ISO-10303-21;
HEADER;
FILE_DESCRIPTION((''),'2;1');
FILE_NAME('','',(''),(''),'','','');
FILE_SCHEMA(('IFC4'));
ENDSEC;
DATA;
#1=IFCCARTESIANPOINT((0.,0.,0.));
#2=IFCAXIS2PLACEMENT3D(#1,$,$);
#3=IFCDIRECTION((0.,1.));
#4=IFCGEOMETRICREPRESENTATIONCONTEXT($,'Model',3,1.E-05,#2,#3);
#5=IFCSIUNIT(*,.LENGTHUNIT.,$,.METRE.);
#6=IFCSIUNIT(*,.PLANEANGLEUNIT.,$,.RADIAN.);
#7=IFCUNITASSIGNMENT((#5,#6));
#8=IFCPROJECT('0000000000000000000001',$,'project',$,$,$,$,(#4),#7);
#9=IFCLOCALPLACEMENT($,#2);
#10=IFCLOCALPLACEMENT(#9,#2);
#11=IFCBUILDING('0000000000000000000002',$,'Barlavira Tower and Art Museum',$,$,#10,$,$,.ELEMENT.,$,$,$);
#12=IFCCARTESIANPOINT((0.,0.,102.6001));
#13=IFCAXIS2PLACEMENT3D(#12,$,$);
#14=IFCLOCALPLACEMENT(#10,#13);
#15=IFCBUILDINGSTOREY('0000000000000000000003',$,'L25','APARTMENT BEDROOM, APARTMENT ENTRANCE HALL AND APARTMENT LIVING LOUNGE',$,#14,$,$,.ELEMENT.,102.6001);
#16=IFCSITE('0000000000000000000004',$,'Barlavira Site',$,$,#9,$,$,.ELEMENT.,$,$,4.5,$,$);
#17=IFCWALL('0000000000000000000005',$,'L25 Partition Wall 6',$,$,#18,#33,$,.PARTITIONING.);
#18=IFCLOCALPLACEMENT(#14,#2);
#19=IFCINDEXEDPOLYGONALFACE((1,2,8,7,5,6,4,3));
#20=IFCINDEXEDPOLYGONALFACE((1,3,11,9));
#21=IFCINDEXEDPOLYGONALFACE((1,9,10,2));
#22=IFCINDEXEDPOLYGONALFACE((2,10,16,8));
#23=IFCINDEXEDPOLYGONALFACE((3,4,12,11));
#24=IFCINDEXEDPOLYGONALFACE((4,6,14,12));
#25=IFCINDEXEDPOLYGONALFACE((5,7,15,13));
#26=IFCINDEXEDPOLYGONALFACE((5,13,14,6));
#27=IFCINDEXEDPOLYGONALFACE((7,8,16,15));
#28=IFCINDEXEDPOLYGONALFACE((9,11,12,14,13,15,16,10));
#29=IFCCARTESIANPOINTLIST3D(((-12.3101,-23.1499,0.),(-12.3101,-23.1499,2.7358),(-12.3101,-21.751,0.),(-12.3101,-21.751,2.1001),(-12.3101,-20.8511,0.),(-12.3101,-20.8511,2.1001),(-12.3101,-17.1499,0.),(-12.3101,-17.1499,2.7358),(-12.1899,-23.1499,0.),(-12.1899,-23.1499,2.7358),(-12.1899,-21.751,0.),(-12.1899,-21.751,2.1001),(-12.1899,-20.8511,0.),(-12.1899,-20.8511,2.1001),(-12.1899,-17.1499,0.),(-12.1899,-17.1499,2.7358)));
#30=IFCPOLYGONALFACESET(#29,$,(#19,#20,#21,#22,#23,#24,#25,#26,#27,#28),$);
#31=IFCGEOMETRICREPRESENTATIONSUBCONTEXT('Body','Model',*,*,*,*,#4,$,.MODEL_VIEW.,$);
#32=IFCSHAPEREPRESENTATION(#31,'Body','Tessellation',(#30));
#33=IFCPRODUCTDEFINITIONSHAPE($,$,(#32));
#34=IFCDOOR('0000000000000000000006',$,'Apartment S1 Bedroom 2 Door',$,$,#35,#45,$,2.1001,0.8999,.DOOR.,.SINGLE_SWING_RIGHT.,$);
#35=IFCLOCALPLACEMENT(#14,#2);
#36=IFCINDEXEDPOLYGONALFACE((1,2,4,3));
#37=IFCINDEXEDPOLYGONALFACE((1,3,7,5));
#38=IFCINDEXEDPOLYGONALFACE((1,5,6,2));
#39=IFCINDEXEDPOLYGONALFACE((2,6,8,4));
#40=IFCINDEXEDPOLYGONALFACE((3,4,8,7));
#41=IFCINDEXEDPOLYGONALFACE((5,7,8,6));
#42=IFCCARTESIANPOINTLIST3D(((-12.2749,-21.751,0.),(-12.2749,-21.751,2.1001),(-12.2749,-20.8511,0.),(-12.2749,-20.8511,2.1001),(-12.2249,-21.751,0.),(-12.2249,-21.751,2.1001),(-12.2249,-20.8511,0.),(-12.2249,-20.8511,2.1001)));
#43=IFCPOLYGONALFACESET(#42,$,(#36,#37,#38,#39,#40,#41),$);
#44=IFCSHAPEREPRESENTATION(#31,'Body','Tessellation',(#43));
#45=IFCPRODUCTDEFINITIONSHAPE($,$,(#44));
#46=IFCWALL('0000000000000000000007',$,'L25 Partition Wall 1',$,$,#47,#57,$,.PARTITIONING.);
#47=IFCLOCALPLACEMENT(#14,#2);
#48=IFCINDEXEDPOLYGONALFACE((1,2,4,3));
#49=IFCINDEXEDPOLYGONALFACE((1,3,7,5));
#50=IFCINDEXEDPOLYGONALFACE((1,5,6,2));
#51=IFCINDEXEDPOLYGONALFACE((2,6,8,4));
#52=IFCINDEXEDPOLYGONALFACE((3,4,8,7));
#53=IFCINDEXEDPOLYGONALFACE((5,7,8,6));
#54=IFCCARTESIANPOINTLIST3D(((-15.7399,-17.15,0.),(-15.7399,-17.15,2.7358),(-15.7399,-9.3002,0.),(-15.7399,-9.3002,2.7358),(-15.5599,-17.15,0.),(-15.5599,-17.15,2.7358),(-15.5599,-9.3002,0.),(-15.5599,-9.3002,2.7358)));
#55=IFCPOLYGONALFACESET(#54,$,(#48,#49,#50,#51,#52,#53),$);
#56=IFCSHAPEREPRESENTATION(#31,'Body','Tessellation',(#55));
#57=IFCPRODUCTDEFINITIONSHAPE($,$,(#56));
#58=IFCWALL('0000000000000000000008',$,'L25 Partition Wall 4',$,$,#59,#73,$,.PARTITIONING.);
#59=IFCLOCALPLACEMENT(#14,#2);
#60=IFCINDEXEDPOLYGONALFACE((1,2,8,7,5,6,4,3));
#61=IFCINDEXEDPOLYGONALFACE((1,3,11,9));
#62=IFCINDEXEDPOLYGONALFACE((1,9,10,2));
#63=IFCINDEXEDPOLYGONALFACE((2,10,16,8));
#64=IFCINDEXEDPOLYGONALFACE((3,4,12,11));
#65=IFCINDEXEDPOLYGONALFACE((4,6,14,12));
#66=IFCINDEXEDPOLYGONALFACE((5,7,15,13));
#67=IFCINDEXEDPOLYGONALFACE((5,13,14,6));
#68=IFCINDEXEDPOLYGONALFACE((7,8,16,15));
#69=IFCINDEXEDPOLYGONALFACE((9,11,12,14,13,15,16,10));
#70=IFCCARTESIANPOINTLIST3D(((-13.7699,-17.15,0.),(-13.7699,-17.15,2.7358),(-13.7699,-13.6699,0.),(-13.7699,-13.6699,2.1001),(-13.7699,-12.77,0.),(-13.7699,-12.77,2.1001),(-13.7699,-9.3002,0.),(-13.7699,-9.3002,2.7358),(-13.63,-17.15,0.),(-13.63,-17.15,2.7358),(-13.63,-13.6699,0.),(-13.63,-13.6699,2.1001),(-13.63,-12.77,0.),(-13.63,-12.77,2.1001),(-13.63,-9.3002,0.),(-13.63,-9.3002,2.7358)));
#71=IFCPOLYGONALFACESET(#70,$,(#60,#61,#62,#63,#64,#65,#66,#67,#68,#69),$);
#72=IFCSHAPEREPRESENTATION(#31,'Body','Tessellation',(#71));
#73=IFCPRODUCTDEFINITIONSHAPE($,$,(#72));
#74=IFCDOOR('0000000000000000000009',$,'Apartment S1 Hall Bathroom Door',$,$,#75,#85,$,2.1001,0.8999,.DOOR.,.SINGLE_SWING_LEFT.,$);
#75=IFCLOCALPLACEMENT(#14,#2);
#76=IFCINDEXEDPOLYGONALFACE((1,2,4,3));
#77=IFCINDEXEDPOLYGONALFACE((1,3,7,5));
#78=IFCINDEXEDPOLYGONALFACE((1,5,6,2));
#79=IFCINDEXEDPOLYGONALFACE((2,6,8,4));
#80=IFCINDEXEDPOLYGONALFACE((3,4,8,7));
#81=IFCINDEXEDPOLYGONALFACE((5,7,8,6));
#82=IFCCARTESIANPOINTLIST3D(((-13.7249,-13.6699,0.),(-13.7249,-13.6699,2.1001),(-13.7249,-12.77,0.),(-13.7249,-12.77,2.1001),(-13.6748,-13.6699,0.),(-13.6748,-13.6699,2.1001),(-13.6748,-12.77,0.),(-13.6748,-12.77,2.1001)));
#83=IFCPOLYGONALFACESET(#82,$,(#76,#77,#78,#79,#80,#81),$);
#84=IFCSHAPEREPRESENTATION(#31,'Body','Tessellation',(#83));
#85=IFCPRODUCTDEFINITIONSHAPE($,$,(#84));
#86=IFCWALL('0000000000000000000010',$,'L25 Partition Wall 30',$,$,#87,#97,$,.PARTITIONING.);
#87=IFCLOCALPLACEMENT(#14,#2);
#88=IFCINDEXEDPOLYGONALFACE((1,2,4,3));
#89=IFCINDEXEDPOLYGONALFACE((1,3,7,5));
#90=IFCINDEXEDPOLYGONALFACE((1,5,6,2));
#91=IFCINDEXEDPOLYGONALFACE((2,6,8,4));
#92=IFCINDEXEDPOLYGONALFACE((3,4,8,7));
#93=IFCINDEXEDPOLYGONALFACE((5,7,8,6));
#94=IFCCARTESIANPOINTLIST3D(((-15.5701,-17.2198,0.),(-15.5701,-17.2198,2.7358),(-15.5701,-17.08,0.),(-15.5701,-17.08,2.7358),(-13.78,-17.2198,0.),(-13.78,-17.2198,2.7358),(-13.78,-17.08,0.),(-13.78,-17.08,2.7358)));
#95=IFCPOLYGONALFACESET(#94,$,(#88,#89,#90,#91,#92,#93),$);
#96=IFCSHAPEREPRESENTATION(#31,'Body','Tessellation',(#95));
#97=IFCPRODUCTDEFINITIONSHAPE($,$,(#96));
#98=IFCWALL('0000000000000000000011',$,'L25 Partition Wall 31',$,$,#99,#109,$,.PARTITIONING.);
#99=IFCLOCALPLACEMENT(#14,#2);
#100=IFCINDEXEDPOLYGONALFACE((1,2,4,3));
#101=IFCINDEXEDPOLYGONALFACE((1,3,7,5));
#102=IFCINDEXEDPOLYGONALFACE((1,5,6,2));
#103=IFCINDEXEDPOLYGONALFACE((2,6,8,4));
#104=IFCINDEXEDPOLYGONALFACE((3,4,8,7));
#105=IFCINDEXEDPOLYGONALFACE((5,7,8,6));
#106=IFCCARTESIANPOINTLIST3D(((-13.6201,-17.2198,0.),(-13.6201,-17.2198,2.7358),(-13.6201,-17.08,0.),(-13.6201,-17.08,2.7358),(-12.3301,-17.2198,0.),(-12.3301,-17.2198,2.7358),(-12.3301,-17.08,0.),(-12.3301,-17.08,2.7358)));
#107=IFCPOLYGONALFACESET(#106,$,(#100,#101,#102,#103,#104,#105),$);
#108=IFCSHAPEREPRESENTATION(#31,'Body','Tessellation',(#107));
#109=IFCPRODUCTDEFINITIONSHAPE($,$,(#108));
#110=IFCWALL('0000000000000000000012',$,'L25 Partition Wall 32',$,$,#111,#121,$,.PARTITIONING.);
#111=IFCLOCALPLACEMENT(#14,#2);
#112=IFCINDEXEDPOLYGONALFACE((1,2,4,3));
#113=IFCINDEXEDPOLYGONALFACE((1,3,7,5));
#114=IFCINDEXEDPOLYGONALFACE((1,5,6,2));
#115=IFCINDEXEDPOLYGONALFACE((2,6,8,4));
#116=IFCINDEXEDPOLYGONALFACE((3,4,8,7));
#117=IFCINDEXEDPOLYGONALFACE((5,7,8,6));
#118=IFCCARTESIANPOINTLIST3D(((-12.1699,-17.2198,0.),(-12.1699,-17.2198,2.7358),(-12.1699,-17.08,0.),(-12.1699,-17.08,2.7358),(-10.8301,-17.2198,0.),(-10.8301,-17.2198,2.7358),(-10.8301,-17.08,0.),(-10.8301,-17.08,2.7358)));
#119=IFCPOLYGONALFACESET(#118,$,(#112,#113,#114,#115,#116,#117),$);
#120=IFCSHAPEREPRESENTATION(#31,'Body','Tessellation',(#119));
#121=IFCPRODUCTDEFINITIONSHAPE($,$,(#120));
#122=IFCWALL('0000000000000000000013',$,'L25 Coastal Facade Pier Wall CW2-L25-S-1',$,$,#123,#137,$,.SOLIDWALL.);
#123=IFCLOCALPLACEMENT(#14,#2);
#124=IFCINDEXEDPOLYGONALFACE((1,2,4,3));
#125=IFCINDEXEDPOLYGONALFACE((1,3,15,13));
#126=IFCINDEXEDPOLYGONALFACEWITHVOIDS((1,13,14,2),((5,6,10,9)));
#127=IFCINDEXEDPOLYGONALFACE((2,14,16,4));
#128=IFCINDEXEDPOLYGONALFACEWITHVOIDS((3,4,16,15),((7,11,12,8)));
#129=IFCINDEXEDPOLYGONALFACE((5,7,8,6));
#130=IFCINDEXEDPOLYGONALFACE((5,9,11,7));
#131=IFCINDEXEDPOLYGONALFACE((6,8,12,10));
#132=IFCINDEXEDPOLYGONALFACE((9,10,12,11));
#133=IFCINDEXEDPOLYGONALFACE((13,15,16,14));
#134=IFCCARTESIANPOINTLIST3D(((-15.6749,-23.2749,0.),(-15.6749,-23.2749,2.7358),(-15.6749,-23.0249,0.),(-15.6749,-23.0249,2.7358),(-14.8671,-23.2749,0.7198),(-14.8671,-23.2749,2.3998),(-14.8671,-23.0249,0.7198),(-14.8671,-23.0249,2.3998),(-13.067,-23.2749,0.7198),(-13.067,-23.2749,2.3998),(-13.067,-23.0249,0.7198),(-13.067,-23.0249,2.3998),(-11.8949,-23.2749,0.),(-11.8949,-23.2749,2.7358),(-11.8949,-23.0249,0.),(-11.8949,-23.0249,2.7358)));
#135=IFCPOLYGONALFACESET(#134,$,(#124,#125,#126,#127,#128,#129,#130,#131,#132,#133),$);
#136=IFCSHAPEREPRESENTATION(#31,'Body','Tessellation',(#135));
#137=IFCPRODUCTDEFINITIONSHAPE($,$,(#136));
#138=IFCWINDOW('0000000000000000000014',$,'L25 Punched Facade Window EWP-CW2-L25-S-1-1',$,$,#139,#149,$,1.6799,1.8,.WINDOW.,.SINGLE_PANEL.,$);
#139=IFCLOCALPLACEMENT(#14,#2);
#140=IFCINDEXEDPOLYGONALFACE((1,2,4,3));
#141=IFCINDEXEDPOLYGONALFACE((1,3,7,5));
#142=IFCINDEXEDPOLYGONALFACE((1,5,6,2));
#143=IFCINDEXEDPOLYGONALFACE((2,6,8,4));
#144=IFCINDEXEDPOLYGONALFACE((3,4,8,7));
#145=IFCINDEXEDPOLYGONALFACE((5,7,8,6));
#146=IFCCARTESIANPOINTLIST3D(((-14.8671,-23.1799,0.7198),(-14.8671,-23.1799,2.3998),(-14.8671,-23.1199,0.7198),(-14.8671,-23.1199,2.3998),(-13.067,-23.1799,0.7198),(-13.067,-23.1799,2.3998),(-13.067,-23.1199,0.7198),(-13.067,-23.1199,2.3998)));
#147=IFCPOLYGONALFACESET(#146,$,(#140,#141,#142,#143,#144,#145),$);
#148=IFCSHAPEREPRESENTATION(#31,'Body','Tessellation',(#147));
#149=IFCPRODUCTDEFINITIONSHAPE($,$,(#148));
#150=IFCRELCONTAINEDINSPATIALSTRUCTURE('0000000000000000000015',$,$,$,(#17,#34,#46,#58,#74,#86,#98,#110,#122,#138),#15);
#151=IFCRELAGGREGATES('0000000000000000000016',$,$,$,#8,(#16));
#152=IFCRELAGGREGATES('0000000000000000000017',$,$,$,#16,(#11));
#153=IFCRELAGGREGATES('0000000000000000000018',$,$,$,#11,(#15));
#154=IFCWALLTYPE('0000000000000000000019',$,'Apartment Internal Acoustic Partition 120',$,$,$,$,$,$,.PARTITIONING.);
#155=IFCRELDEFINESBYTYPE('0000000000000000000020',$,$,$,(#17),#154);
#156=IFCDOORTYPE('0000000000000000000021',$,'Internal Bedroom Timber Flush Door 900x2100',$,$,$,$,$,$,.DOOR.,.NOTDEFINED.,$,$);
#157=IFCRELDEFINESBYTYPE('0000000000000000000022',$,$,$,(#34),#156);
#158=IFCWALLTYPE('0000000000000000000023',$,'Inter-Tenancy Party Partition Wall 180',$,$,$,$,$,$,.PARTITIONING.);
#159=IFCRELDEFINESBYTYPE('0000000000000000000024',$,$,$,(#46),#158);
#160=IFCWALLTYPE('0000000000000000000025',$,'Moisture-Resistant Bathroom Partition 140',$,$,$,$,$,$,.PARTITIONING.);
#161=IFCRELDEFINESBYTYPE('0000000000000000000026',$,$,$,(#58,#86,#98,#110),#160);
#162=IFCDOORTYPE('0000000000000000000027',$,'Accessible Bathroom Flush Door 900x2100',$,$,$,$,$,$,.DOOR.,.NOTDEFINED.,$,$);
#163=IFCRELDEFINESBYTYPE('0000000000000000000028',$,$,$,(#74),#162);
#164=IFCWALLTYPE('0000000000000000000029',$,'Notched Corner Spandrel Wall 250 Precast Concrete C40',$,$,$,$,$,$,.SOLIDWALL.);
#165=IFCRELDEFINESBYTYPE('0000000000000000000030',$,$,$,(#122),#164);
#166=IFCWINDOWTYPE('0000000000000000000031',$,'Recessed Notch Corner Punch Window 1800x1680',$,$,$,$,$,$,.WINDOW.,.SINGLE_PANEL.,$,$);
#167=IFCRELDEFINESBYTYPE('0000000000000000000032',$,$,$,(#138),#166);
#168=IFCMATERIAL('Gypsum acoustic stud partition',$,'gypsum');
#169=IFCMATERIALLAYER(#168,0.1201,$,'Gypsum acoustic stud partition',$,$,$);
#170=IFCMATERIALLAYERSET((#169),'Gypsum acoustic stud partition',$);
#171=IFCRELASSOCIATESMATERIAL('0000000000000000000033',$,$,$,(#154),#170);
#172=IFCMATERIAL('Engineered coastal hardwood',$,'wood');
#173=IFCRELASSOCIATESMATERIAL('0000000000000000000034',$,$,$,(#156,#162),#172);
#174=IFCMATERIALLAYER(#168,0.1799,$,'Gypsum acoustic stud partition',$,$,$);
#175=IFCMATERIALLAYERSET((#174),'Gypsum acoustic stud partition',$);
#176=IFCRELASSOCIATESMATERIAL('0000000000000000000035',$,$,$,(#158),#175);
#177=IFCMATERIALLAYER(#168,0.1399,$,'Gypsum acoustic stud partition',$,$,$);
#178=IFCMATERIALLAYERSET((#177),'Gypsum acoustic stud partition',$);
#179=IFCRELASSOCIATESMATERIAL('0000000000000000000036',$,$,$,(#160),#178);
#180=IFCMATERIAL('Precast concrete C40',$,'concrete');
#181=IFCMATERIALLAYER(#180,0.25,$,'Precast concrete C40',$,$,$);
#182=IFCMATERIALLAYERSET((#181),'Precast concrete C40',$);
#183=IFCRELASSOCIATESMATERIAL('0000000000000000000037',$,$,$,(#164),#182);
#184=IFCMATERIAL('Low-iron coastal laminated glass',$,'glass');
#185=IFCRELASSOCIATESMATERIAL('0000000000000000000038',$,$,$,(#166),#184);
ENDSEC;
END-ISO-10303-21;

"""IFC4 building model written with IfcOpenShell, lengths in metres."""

from ifc_helpers import new_model, si_unit, direction, frame, frame_2d, origin, place, context, subcontext, project, spatial, rectangle, extrude, material, layer, layer_set, type_object, element, fill, save


model = new_model("IFC4")

# Units and contexts
model_context = context("Model", 3, precision=1e-05, world=origin(), true_north=direction((0.0, 1.0)))
body_context = subcontext(model_context, "Body", "Model", "MODEL_VIEW")
ifc_project = project(units=[si_unit("LENGTHUNIT", "METRE"), si_unit("PLANEANGLEUNIT", "RADIAN")], contexts=[model_context])

# Site, building, storey
site_placement = place(None, origin())
site = spatial("IfcSite", under=ifc_project, at=site_placement, Name="Barlavira Site", CompositionType="ELEMENT", RefElevation=4.5)
building_placement = place(site_placement, origin())
building = spatial("IfcBuilding", under=site, at=building_placement, Name="Barlavira Tower and Art Museum", CompositionType="ELEMENT")
storey_placement = place(building_placement, frame((0.0, 0.0, 102.6001)))
storey = spatial("IfcBuildingStorey", under=building, at=storey_placement, Name="L25", Description="APARTMENT BEDROOM, APARTMENT ENTRANCE HALL AND APARTMENT LIVING LOUNGE", CompositionType="ELEMENT", Elevation=102.6001)

# Wall, opening, door
ifc_material_1 = material(Name="Gypsum acoustic stud partition", Category="gypsum")
ifc_layer_1 = layer(ifc_material_1, 0.1201, Name="Gypsum acoustic stud partition")
ifc_layer_set_1 = layer_set([ifc_layer_1], Name="Gypsum acoustic stud partition")
wall_type_1 = type_object("IfcWallType", Name="Apartment Internal Acoustic Partition 120", PredefinedType="PARTITIONING", material=ifc_layer_set_1)
wall_1_placement = place(storey_placement, frame((-12.25, -23.1499, 0.0), z_axis=(0.0, 0.0, 1.0), x_axis=(0.0, 1.0, 0.0)))
wall_1 = element("IfcWall", 1, at=wall_1_placement, inside=storey, type_object=wall_type_1, Name="L25 Partition Wall 6", PredefinedType="PARTITIONING", context=body_context, shape_type="SweptSolid", body=[
    extrude(rectangle(XDim=6.0, YDim=0.1201, at=frame_2d((3.0, 0.0))), origin(), (0.0, 0.0, 1.0), 2.7358),
])
opening_1_placement = place(wall_1_placement, frame((1.3989, 0.0, 0.0)))
opening_1 = element("IfcOpeningElement", 2, at=opening_1_placement, cuts=wall_1, PredefinedType="OPENING", context=body_context, shape_type="SweptSolid", body=[
    extrude(rectangle(XDim=0.8999, YDim=2.1001, at=frame_2d((0.45, 1.05))), frame((0.0, 0.0701, 0.0), z_axis=(0.0, -1.0, 0.0), x_axis=(1.0, 0.0, 0.0)), (0.0, 0.0, 1.0), 0.1401),
])
ifc_material_2 = material(Name="Engineered coastal hardwood", Category="wood")
door_type_1 = type_object("IfcDoorType", Name="Internal Bedroom Timber Flush Door 900x2100", OperationType="NOTDEFINED", PredefinedType="DOOR", material=ifc_material_2)
door_1_placement = place(opening_1_placement, origin())
door_1 = element("IfcDoor", 3, at=door_1_placement, inside=storey, type_object=door_type_1, Name="Apartment S1 Bedroom 2 Door", OperationType="SINGLE_SWING_RIGHT", OverallHeight=2.1001, OverallWidth=0.8999, PredefinedType="DOOR", context=body_context, shape_type="SweptSolid", body=[
    extrude(rectangle(XDim=0.8999, YDim=2.1001, at=frame_2d((0.45, 1.05))), frame((0.0, 0.0249, 0.0), z_axis=(0.0, -1.0, 0.0), x_axis=(1.0, 0.0, 0.0)), (0.0, 0.0, 1.0), 0.05),
])
fill(opening_1, door_1)

# Wall
ifc_layer_2 = layer(ifc_material_1, 0.1799, Name="Gypsum acoustic stud partition")
ifc_layer_set_2 = layer_set([ifc_layer_2], Name="Gypsum acoustic stud partition")
wall_type_2 = type_object("IfcWallType", Name="Inter-Tenancy Party Partition Wall 180", PredefinedType="PARTITIONING", material=ifc_layer_set_2)
wall_2_placement = place(storey_placement, frame((-15.6499, -17.1499, 0.0), z_axis=(0.0, 0.0, 1.0), x_axis=(0.0, 1.0, 0.0)))
element("IfcWall", 4, at=wall_2_placement, inside=storey, type_object=wall_type_2, Name="L25 Partition Wall 1", PredefinedType="PARTITIONING", context=body_context, shape_type="SweptSolid", body=[
    extrude(rectangle(XDim=7.8499, YDim=0.1799, at=frame_2d((3.9248, 0.0))), origin(), (0.0, 0.0, 1.0), 2.7358),
])

# Wall, opening, door
ifc_layer_3 = layer(ifc_material_1, 0.1399, Name="Gypsum acoustic stud partition")
ifc_layer_set_3 = layer_set([ifc_layer_3], Name="Gypsum acoustic stud partition")
wall_type_3 = type_object("IfcWallType", Name="Moisture-Resistant Bathroom Partition 140", PredefinedType="PARTITIONING", material=ifc_layer_set_3)
wall_3_placement = place(storey_placement, frame((-13.7, -17.1499, 0.0), z_axis=(0.0, 0.0, 1.0), x_axis=(0.0, 1.0, 0.0)))
wall_3 = element("IfcWall", 5, at=wall_3_placement, inside=storey, type_object=wall_type_3, Name="L25 Partition Wall 4", PredefinedType="PARTITIONING", context=body_context, shape_type="SweptSolid", body=[
    extrude(rectangle(XDim=7.8499, YDim=0.1399, at=frame_2d((3.9248, 0.0))), origin(), (0.0, 0.0, 1.0), 2.7358),
])
opening_2_placement = place(wall_3_placement, frame((3.48, 0.0, 0.0)))
opening_2 = element("IfcOpeningElement", 6, at=opening_2_placement, cuts=wall_3, PredefinedType="OPENING", context=body_context, shape_type="SweptSolid", body=[
    extrude(rectangle(XDim=0.8999, YDim=2.1001, at=frame_2d((0.45, 1.05))), frame((0.0, 0.0801, 0.0), z_axis=(0.0, -1.0, 0.0), x_axis=(1.0, 0.0, 0.0)), (0.0, 0.0, 1.0), 0.1599),
])
door_type_2 = type_object("IfcDoorType", Name="Accessible Bathroom Flush Door 900x2100", OperationType="NOTDEFINED", PredefinedType="DOOR", material=ifc_material_2)
door_2_placement = place(opening_2_placement, origin())
door_2 = element("IfcDoor", 7, at=door_2_placement, inside=storey, type_object=door_type_2, Name="Apartment S1 Hall Bathroom Door", OperationType="SINGLE_SWING_LEFT", OverallHeight=2.1001, OverallWidth=0.8999, PredefinedType="DOOR", context=body_context, shape_type="SweptSolid", body=[
    extrude(rectangle(XDim=0.8999, YDim=2.1001, at=frame_2d((0.45, 1.05))), frame((0.0, 0.0249, 0.0), z_axis=(0.0, -1.0, 0.0), x_axis=(1.0, 0.0, 0.0)), (0.0, 0.0, 1.0), 0.05),
])
fill(opening_2, door_2)

# Walls
wall_4_placement = place(storey_placement, frame((-15.5701, -17.1499, 0.0), z_axis=(0.0, 0.0, 1.0), x_axis=(1.0, 0.0, 0.0)))
element("IfcWall", 8, at=wall_4_placement, inside=storey, type_object=wall_type_3, Name="L25 Partition Wall 30", PredefinedType="PARTITIONING", context=body_context, shape_type="SweptSolid", body=[
    extrude(rectangle(XDim=1.79, YDim=0.1399, at=frame_2d((0.895, 0.0))), origin(), (0.0, 0.0, 1.0), 2.7358),
])
wall_5_placement = place(storey_placement, frame((-13.6201, -17.1499, 0.0), z_axis=(0.0, 0.0, 1.0), x_axis=(1.0, 0.0, 0.0)))
element("IfcWall", 9, at=wall_5_placement, inside=storey, type_object=wall_type_3, Name="L25 Partition Wall 31", PredefinedType="PARTITIONING", context=body_context, shape_type="SweptSolid", body=[
    extrude(rectangle(XDim=1.29, YDim=0.1399, at=frame_2d((0.645, 0.0))), origin(), (0.0, 0.0, 1.0), 2.7358),
])
wall_6_placement = place(storey_placement, frame((-12.1699, -17.1499, 0.0), z_axis=(0.0, 0.0, 1.0), x_axis=(1.0, 0.0, 0.0)))
element("IfcWall", 10, at=wall_6_placement, inside=storey, type_object=wall_type_3, Name="L25 Partition Wall 32", PredefinedType="PARTITIONING", context=body_context, shape_type="SweptSolid", body=[
    extrude(rectangle(XDim=1.3398, YDim=0.1399, at=frame_2d((0.6699, 0.0))), origin(), (0.0, 0.0, 1.0), 2.7358),
])

# Wall, opening, window
ifc_material_3 = material(Name="Precast concrete C40", Category="concrete")
ifc_layer_4 = layer(ifc_material_3, 0.25, Name="Precast concrete C40")
ifc_layer_set_4 = layer_set([ifc_layer_4], Name="Precast concrete C40")
wall_type_4 = type_object("IfcWallType", Name="Notched Corner Spandrel Wall 250 Precast Concrete C40", PredefinedType="SOLIDWALL", material=ifc_layer_set_4)
wall_7_placement = place(storey_placement, frame((-15.675, -23.1499, 0.0), z_axis=(0.0, 0.0, 1.0), x_axis=(1.0, 0.0, 0.0)))
wall_7 = element("IfcWall", 11, at=wall_7_placement, inside=storey, type_object=wall_type_4, Name="L25 Coastal Facade Pier Wall CW2-L25-S-1", PredefinedType="SOLIDWALL", context=body_context, shape_type="SweptSolid", body=[
    extrude(rectangle(XDim=3.78, YDim=0.25, at=frame_2d((1.8901, 0.0))), origin(), (0.0, 0.0, 1.0), 2.7358),
])
opening_3_placement = place(wall_7_placement, frame((0.8081, 0.0, 0.72)))
opening_3 = element("IfcOpeningElement", 12, at=opening_3_placement, cuts=wall_7, PredefinedType="OPENING", context=body_context, shape_type="SweptSolid", body=[
    extrude(rectangle(XDim=1.8, YDim=1.6799, at=frame_2d((0.8999, 0.8398))), frame((0.0, 0.135, 0.0), z_axis=(0.0, -1.0, 0.0), x_axis=(1.0, 0.0, 0.0)), (0.0, 0.0, 1.0), 0.27),
])
ifc_material_4 = material(Name="Low-iron coastal laminated glass", Category="glass")
window_type_1 = type_object("IfcWindowType", Name="Recessed Notch Corner Punch Window 1800x1680", PartitioningType="SINGLE_PANEL", PredefinedType="WINDOW", material=ifc_material_4)
window_1_placement = place(opening_3_placement, origin())
window_1 = element("IfcWindow", 13, at=window_1_placement, inside=storey, type_object=window_type_1, Name="L25 Punched Facade Window EWP-CW2-L25-S-1-1", OverallHeight=1.6799, OverallWidth=1.8, PartitioningType="SINGLE_PANEL", PredefinedType="WINDOW", context=body_context, shape_type="SweptSolid", body=[
    extrude(rectangle(XDim=1.8, YDim=1.6799, at=frame_2d((0.8999, 0.8398))), frame((0.0, 0.03, 0.0), z_axis=(0.0, -1.0, 0.0), x_axis=(1.0, 0.0, 0.0)), (0.0, 0.0, 1.0), 0.0601),
])
fill(opening_3, window_1)

save(model, "model.ifc")
